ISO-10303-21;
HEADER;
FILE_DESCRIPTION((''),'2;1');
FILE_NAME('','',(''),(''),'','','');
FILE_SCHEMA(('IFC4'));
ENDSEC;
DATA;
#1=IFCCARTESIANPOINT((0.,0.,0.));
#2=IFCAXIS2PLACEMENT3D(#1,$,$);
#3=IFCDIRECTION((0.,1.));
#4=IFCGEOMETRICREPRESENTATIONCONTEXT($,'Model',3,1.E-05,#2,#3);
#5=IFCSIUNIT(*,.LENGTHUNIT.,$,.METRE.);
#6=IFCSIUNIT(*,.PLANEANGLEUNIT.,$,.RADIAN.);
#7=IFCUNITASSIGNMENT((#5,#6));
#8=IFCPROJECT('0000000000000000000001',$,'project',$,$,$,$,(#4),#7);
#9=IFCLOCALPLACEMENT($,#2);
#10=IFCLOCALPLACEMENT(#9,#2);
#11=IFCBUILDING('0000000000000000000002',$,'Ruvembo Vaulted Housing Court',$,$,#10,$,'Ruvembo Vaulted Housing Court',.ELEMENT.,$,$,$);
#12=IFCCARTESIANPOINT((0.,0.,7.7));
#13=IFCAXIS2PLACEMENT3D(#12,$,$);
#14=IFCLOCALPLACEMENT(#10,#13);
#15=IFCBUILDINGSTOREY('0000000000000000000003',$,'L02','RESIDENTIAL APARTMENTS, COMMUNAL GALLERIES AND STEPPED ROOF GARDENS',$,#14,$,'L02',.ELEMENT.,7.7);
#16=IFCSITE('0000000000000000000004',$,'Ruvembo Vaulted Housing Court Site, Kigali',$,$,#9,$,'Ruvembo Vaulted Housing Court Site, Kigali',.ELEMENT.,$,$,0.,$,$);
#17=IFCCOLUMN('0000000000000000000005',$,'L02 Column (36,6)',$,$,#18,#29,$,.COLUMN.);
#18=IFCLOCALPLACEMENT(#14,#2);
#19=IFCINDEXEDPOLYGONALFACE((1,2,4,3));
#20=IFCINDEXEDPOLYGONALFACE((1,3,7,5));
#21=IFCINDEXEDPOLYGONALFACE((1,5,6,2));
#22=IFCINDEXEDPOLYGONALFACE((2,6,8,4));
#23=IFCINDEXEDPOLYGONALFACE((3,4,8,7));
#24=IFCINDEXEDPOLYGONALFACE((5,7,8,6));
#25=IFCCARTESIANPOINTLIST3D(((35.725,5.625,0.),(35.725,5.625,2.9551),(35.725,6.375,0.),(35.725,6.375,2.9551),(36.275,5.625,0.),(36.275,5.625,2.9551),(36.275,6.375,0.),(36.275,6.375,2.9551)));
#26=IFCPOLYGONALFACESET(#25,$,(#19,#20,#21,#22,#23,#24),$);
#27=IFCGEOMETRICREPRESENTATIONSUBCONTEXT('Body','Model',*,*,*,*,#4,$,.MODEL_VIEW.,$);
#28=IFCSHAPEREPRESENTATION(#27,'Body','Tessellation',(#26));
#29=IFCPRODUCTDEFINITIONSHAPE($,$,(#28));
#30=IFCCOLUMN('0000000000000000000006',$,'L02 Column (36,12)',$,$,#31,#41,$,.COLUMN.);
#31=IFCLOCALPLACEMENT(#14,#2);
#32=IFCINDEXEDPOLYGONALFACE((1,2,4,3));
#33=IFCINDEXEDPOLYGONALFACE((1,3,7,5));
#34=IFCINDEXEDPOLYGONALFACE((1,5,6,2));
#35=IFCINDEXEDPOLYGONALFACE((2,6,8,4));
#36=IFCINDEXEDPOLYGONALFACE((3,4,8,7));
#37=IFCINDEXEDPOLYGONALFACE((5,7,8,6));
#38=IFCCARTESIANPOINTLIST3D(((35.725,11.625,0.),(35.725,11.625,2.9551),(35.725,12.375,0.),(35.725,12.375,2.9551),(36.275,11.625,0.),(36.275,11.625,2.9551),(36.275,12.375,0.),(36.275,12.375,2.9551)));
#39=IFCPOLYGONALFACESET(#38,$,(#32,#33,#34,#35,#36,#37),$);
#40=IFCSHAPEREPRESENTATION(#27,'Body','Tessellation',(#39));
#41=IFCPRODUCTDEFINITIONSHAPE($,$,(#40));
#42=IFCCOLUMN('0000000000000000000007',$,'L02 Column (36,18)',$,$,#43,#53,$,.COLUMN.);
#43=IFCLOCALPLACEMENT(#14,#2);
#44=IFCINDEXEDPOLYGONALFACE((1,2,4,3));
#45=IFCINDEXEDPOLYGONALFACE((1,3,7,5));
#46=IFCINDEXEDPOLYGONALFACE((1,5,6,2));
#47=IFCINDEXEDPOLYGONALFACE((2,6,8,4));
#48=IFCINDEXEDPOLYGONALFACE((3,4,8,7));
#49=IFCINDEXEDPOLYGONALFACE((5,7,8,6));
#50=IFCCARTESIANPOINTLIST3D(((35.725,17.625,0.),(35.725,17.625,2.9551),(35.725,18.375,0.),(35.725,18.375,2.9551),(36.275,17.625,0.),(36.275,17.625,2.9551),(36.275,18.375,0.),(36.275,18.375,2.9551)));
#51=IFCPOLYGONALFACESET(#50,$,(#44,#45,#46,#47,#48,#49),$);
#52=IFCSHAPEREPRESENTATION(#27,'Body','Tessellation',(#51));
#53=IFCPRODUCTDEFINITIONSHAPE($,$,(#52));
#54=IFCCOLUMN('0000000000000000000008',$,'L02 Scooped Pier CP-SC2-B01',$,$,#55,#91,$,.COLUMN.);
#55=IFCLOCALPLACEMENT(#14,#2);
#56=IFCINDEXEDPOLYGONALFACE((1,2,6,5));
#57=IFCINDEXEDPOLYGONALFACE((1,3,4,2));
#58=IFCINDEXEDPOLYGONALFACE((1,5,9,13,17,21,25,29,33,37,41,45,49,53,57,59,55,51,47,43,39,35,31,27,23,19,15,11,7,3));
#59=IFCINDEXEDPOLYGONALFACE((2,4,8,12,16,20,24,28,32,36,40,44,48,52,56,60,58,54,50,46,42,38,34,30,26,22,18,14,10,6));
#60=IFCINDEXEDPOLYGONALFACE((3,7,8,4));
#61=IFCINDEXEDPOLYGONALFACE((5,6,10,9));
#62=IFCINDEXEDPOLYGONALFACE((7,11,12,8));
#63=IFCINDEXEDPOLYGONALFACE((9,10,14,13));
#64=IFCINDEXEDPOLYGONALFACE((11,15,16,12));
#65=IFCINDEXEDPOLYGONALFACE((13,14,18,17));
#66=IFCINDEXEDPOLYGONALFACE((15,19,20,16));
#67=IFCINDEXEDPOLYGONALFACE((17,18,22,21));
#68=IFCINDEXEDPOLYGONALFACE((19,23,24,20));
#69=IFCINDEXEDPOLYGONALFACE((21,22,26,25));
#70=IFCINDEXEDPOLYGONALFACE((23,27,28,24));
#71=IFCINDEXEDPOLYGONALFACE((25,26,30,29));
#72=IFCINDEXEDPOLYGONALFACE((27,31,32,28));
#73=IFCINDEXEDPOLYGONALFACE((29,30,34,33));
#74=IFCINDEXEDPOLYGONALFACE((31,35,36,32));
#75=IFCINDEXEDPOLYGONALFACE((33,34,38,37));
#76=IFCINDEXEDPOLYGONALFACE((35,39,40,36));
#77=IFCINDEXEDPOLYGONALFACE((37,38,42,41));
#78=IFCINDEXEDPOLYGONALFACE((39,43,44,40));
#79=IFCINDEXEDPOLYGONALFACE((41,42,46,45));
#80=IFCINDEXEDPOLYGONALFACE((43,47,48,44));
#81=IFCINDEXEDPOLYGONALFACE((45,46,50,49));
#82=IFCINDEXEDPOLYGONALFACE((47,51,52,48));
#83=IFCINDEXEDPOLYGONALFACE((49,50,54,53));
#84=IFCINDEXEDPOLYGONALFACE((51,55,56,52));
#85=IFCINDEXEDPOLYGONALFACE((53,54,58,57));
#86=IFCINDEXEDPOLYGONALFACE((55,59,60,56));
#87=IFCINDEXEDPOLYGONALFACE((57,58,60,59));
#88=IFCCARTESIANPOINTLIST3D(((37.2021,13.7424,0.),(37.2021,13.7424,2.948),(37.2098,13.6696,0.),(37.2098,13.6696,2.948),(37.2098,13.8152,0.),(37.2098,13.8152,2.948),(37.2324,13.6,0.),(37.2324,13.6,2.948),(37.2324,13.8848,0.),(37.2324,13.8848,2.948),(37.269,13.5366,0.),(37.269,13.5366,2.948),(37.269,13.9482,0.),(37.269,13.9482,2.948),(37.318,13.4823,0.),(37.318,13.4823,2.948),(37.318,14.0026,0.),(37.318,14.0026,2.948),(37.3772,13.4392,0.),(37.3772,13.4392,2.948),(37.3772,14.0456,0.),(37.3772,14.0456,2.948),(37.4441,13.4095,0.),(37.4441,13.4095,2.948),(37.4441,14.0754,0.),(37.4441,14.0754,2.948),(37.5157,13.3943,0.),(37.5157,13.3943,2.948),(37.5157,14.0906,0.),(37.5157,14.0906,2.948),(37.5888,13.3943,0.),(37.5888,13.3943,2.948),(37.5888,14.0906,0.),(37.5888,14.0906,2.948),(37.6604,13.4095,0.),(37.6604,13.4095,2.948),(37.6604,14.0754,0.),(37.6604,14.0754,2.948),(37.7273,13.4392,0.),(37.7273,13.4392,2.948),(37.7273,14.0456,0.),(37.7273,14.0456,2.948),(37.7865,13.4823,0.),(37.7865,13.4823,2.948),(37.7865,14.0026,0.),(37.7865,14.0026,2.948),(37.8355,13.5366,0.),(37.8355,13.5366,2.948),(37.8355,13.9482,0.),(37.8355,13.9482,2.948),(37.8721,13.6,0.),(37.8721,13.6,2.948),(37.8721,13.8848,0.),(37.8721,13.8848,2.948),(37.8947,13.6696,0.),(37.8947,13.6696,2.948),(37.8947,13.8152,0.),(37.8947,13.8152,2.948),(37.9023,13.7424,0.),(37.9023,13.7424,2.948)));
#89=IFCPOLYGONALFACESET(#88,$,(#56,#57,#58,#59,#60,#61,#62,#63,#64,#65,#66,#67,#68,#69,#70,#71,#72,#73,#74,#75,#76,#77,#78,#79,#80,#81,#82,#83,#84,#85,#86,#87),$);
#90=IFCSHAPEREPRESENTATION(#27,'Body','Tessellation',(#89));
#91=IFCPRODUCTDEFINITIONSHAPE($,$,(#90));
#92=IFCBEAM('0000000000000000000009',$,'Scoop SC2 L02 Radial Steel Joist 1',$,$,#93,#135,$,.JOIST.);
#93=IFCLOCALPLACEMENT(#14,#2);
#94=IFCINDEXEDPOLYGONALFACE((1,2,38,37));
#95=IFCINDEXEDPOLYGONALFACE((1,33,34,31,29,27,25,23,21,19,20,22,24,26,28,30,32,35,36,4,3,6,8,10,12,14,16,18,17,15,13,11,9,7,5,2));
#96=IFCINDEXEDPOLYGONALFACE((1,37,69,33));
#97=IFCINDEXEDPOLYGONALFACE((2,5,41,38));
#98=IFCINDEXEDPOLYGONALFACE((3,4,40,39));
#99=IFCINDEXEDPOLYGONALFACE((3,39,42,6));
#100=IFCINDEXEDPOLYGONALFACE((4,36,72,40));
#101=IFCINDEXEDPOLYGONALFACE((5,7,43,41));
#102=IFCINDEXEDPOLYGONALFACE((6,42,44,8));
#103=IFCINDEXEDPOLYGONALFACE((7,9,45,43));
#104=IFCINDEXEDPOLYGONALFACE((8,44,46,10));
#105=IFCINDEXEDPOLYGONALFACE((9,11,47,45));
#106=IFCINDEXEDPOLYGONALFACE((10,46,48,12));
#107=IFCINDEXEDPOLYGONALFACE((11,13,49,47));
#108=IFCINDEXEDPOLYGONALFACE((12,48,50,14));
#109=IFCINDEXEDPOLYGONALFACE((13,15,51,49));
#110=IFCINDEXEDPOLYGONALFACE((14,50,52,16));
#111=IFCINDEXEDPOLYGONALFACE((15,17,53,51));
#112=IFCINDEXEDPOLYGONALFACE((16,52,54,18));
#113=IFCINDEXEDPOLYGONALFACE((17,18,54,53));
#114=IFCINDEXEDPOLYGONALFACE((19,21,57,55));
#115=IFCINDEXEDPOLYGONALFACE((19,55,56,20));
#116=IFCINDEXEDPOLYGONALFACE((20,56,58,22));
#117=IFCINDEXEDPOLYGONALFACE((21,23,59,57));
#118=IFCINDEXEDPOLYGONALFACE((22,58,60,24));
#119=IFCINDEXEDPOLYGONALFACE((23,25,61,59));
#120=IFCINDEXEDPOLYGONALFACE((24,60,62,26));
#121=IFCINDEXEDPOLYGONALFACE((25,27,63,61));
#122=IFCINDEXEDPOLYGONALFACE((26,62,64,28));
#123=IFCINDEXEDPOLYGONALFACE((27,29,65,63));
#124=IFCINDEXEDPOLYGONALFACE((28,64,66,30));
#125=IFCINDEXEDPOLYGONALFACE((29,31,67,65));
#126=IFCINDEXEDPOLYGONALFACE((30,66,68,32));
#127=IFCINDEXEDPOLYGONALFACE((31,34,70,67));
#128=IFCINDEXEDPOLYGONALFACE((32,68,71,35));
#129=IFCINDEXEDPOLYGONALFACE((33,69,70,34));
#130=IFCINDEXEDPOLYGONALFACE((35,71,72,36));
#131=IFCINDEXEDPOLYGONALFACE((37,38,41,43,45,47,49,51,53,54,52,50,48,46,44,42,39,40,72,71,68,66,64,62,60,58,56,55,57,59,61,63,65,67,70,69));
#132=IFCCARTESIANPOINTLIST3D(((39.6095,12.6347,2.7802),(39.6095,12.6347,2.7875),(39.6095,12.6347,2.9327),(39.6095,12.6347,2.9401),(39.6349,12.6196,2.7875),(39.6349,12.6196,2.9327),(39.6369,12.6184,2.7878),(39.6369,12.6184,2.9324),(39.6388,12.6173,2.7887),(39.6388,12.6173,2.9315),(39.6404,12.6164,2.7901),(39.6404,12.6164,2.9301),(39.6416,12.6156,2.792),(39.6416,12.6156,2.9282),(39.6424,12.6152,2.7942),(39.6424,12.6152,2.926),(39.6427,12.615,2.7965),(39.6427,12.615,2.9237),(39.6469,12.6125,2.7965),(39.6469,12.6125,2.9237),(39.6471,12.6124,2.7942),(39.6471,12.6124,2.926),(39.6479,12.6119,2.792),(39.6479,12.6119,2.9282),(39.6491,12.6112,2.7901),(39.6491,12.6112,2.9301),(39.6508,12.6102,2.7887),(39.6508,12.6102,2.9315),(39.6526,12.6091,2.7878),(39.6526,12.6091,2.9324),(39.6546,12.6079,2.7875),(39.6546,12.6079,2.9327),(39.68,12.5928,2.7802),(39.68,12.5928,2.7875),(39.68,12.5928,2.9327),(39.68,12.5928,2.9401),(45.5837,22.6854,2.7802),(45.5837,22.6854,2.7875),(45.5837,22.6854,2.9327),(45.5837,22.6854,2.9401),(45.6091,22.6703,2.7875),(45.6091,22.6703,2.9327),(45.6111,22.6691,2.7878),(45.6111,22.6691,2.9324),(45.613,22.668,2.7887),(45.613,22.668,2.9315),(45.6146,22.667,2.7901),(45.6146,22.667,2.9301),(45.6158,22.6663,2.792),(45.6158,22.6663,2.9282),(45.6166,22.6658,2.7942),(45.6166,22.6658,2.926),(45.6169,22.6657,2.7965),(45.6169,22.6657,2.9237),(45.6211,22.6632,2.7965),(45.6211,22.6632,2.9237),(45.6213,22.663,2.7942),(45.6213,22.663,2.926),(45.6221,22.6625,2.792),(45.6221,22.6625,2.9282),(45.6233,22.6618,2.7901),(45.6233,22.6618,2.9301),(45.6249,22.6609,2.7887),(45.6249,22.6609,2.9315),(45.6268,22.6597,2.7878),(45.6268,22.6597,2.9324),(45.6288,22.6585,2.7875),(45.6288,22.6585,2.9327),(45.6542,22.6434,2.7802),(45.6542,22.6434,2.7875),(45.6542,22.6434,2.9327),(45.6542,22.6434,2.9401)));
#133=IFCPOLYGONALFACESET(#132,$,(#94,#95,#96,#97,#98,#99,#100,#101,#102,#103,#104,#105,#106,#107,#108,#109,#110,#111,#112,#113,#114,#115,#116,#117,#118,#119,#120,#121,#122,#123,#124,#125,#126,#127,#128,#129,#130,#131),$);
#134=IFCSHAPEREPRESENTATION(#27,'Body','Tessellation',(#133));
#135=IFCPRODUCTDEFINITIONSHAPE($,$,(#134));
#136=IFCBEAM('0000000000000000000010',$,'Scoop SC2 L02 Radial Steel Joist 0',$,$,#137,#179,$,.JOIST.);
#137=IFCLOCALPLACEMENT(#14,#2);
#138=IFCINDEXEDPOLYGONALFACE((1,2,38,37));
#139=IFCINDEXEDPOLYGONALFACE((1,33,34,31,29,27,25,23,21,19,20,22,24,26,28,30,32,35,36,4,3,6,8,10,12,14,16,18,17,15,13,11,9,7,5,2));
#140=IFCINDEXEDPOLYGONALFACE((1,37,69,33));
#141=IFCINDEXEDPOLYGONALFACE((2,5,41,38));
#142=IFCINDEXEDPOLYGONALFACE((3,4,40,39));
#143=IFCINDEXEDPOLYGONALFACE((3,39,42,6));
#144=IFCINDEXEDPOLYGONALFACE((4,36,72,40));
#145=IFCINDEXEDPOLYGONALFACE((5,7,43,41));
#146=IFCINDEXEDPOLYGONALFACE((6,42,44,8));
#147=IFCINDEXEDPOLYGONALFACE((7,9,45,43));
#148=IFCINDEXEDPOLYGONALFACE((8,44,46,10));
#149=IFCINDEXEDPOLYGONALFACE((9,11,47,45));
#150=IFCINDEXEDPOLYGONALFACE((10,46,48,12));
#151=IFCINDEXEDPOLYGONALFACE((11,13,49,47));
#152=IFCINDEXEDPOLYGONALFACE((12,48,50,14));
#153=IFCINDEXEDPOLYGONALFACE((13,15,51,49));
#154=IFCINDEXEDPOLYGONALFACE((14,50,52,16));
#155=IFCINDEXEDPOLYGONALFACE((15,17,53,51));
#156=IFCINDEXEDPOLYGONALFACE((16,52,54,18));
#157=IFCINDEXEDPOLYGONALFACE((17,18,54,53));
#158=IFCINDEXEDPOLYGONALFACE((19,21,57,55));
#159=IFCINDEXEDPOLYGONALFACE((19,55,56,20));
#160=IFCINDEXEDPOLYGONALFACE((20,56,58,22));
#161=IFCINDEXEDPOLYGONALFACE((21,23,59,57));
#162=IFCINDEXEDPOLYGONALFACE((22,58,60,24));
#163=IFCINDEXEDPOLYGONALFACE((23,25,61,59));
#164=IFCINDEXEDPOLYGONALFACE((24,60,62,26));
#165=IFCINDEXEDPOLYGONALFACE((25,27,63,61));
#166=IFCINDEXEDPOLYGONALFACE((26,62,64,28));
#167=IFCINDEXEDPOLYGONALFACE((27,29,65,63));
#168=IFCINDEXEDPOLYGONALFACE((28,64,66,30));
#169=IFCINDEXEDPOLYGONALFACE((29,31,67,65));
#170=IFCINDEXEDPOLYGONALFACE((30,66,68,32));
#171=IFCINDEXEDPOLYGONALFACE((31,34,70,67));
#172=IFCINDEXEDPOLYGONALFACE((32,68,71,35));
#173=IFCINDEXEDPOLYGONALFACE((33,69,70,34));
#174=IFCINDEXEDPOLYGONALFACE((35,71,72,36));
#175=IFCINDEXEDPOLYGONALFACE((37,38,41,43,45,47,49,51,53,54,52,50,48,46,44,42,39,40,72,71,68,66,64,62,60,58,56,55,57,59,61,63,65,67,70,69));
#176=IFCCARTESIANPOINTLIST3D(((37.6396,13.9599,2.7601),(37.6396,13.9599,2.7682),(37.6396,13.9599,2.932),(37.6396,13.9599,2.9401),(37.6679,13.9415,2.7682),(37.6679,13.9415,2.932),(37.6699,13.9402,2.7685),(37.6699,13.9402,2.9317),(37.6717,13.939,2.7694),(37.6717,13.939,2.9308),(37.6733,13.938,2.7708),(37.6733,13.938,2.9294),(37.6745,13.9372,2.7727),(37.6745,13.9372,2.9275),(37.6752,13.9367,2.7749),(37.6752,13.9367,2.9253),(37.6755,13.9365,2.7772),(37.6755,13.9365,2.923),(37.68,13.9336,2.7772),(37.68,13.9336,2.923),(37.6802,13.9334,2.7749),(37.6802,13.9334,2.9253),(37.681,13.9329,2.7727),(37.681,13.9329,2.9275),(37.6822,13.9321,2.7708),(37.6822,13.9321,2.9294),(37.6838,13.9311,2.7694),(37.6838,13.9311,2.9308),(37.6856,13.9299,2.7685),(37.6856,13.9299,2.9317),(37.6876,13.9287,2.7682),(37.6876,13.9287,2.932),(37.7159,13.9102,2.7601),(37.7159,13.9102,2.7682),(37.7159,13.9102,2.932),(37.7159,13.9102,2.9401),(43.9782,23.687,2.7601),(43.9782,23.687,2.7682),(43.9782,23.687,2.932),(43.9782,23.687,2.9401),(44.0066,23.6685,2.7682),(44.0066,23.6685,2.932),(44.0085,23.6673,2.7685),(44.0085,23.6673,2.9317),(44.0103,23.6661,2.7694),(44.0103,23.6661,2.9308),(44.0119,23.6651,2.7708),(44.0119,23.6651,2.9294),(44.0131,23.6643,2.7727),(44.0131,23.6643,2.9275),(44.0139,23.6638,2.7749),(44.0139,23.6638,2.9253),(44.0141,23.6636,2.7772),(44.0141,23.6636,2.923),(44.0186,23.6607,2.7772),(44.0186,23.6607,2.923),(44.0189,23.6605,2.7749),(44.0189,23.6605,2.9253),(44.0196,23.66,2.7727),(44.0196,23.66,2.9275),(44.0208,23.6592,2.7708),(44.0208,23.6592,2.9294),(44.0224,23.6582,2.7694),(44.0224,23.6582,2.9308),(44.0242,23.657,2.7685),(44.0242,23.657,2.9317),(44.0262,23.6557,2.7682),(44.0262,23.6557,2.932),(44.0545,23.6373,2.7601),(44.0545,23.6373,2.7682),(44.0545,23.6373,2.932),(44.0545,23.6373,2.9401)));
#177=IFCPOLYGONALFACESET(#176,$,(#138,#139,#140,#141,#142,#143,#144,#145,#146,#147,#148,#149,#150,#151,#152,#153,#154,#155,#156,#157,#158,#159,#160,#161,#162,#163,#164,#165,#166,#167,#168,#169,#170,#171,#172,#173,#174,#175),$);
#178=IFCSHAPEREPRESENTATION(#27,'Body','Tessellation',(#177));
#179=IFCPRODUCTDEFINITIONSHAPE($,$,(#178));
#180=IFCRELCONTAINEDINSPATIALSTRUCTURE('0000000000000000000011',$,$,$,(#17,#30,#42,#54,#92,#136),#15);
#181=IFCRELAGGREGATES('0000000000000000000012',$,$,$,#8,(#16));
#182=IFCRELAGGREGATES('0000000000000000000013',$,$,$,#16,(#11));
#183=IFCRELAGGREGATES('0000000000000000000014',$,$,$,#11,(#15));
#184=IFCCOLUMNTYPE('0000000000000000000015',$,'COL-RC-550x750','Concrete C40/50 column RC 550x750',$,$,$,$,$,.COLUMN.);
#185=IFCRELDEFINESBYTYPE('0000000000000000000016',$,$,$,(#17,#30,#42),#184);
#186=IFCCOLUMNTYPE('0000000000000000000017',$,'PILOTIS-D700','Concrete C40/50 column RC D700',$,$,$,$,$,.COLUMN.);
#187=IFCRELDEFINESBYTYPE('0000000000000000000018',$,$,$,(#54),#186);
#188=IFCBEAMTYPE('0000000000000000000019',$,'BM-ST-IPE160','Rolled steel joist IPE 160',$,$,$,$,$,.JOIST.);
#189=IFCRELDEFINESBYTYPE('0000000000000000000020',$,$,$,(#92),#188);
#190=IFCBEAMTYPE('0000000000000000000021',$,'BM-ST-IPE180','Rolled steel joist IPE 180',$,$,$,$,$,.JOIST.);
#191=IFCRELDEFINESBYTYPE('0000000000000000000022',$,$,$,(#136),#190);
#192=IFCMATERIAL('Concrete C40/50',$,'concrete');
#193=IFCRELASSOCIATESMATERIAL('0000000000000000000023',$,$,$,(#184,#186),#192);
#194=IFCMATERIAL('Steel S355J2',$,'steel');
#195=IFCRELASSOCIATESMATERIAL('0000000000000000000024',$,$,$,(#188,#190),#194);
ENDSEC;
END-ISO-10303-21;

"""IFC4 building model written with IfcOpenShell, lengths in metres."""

from ifc_helpers import new_model, si_unit, direction, frame, origin, origin_2d, place, context, subcontext, project, spatial, rectangle, circle, i_section, extrude, material, material_profile, profile_set, type_object, element, save


model = new_model("IFC4")

# Units and contexts
model_context = context("Model", 3, precision=1e-05, world=origin(), true_north=direction((0.0, 1.0)))
body_context = subcontext(model_context, "Body", "Model", "MODEL_VIEW")
ifc_project = project(units=[si_unit("LENGTHUNIT", "METRE"), si_unit("PLANEANGLEUNIT", "RADIAN")], contexts=[model_context])

# Site, building, storey
site_placement = place(None, origin())
site = spatial("IfcSite", under=ifc_project, at=site_placement, Name="Ruvembo Vaulted Housing Court Site, Kigali", LongName="Ruvembo Vaulted Housing Court Site, Kigali", CompositionType="ELEMENT", RefElevation=0.0)
building_placement = place(site_placement, origin())
building = spatial("IfcBuilding", under=site, at=building_placement, Name="Ruvembo Vaulted Housing Court", LongName="Ruvembo Vaulted Housing Court", CompositionType="ELEMENT")
storey_placement = place(building_placement, frame((0.0, 0.0, 7.7)))
storey = spatial("IfcBuildingStorey", under=building, at=storey_placement, Name="L02", Description="RESIDENTIAL APARTMENTS, COMMUNAL GALLERIES AND STEPPED ROOF GARDENS", LongName="L02", CompositionType="ELEMENT", Elevation=7.7)

# Columns
ifc_material_1 = material(Name="Concrete C40/50", Category="concrete")
ifc_material_profile_1 = material_profile(ifc_material_1, rectangle(XDim=0.55, YDim=0.75, at=origin_2d()), Name="RC 550x750")
ifc_profile_set_1 = profile_set([ifc_material_profile_1], Name="Concrete C40/50")
column_type_1 = type_object("IfcColumnType", Name="COL-RC-550x750", Description="Concrete C40/50 column RC 550x750", PredefinedType="COLUMN", material=ifc_profile_set_1)
for number, where, z_axis, x_axis, name in (
    (1, (36.0, 6.0, 0.0), (0.0, 0.0, 1.0), (1.0, 0.0, 0.0), "L02 Column (36,6)"),
    (2, (36.0, 12.0, 0.0), (0.0, 0.0, 1.0), (1.0, 0.0, 0.0), "L02 Column (36,12)"),
    (3, (36.0, 18.0, 0.0), (0.0, 0.0, 1.0), (1.0, 0.0, 0.0), "L02 Column (36,18)"),
):
    element("IfcColumn", number, at=place(storey_placement, frame(where, z_axis=z_axis, x_axis=x_axis)), inside=storey, type_object=column_type_1, Name=name, PredefinedType="COLUMN", context=body_context, shape_type="SweptSolid", body=[
        extrude(rectangle(XDim=0.55, YDim=0.75, at=origin_2d()), origin(), (0.0, 0.0, 1.0), 2.9551),
    ])
ifc_material_profile_2 = material_profile(ifc_material_1, circle(Radius=0.3501, at=origin_2d()), Name="RC D700")
ifc_profile_set_2 = profile_set([ifc_material_profile_2], Name="Concrete C40/50")
column_type_2 = type_object("IfcColumnType", Name="PILOTIS-D700", Description="Concrete C40/50 column RC D700", PredefinedType="COLUMN", material=ifc_profile_set_2)
column_placement = place(storey_placement, frame((37.5522, 13.7424, 0.0), z_axis=(0.0, 0.0, 1.0), x_axis=(1.0, 0.0, 0.0)))
element("IfcColumn", 4, at=column_placement, inside=storey, type_object=column_type_2, Name="L02 Scooped Pier CP-SC2-B01", PredefinedType="COLUMN", context=body_context, shape_type="SweptSolid", body=[
    extrude(circle(Radius=0.3501, at=origin_2d()), origin(), (0.0, 0.0, 1.0), 2.948),
])

# Beams
ifc_material_2 = material(Name="Steel S355J2", Category="steel")
ifc_material_profile_3 = material_profile(ifc_material_2, i_section(OverallWidth=0.082, OverallDepth=0.1599, WebThickness=0.0049, FlangeThickness=0.0073, FilletRadius=0.009, at=origin_2d()), Name="IPE 160")
ifc_profile_set_3 = profile_set([ifc_material_profile_3], Name="Steel S355J2")
beam_type_1 = type_object("IfcBeamType", Name="BM-ST-IPE160", Description="Rolled steel joist IPE 160", PredefinedType="JOIST", material=ifc_profile_set_3)
beam_1_placement = place(storey_placement, frame((39.6448, 12.6138, 2.8601), z_axis=(0.510957, 0.859606, 0.0), x_axis=(-0.859606, 0.510957, 0.0)))
element("IfcBeam", 5, at=beam_1_placement, inside=storey, type_object=beam_type_1, Name="Scoop SC2 L02 Radial Steel Joist 1", PredefinedType="JOIST", context=body_context, shape_type="SweptSolid", body=[
    extrude(i_section(OverallWidth=0.082, OverallDepth=0.1599, WebThickness=0.0049, FlangeThickness=0.0073, FilletRadius=0.009, at=origin_2d()), origin(), (0.0, 0.0, 1.0), 11.6921),
])
ifc_material_profile_4 = material_profile(ifc_material_2, i_section(OverallWidth=0.0911, OverallDepth=0.1799, WebThickness=0.0054, FlangeThickness=0.0081, FilletRadius=0.009, at=origin_2d()), Name="IPE 180")
ifc_profile_set_4 = profile_set([ifc_material_profile_4], Name="Steel S355J2")
beam_type_2 = type_object("IfcBeamType", Name="BM-ST-IPE180", Description="Rolled steel joist IPE 180", PredefinedType="JOIST", material=ifc_profile_set_4)
beam_2_placement = place(storey_placement, frame((37.6777, 13.9351, 2.8501), z_axis=(0.545959, 0.837812, 0.0), x_axis=(-0.837812, 0.545959, 0.0)))
element("IfcBeam", 6, at=beam_2_placement, inside=storey, type_object=beam_type_2, Name="Scoop SC2 L02 Radial Steel Joist 0", PredefinedType="JOIST", context=body_context, shape_type="SweptSolid", body=[
    extrude(i_section(OverallWidth=0.0911, OverallDepth=0.1799, WebThickness=0.0054, FlangeThickness=0.0081, FilletRadius=0.009, at=origin_2d()), origin(), (0.0, 0.0, 1.0), 11.6101),
])

save(model, "model.ifc")
